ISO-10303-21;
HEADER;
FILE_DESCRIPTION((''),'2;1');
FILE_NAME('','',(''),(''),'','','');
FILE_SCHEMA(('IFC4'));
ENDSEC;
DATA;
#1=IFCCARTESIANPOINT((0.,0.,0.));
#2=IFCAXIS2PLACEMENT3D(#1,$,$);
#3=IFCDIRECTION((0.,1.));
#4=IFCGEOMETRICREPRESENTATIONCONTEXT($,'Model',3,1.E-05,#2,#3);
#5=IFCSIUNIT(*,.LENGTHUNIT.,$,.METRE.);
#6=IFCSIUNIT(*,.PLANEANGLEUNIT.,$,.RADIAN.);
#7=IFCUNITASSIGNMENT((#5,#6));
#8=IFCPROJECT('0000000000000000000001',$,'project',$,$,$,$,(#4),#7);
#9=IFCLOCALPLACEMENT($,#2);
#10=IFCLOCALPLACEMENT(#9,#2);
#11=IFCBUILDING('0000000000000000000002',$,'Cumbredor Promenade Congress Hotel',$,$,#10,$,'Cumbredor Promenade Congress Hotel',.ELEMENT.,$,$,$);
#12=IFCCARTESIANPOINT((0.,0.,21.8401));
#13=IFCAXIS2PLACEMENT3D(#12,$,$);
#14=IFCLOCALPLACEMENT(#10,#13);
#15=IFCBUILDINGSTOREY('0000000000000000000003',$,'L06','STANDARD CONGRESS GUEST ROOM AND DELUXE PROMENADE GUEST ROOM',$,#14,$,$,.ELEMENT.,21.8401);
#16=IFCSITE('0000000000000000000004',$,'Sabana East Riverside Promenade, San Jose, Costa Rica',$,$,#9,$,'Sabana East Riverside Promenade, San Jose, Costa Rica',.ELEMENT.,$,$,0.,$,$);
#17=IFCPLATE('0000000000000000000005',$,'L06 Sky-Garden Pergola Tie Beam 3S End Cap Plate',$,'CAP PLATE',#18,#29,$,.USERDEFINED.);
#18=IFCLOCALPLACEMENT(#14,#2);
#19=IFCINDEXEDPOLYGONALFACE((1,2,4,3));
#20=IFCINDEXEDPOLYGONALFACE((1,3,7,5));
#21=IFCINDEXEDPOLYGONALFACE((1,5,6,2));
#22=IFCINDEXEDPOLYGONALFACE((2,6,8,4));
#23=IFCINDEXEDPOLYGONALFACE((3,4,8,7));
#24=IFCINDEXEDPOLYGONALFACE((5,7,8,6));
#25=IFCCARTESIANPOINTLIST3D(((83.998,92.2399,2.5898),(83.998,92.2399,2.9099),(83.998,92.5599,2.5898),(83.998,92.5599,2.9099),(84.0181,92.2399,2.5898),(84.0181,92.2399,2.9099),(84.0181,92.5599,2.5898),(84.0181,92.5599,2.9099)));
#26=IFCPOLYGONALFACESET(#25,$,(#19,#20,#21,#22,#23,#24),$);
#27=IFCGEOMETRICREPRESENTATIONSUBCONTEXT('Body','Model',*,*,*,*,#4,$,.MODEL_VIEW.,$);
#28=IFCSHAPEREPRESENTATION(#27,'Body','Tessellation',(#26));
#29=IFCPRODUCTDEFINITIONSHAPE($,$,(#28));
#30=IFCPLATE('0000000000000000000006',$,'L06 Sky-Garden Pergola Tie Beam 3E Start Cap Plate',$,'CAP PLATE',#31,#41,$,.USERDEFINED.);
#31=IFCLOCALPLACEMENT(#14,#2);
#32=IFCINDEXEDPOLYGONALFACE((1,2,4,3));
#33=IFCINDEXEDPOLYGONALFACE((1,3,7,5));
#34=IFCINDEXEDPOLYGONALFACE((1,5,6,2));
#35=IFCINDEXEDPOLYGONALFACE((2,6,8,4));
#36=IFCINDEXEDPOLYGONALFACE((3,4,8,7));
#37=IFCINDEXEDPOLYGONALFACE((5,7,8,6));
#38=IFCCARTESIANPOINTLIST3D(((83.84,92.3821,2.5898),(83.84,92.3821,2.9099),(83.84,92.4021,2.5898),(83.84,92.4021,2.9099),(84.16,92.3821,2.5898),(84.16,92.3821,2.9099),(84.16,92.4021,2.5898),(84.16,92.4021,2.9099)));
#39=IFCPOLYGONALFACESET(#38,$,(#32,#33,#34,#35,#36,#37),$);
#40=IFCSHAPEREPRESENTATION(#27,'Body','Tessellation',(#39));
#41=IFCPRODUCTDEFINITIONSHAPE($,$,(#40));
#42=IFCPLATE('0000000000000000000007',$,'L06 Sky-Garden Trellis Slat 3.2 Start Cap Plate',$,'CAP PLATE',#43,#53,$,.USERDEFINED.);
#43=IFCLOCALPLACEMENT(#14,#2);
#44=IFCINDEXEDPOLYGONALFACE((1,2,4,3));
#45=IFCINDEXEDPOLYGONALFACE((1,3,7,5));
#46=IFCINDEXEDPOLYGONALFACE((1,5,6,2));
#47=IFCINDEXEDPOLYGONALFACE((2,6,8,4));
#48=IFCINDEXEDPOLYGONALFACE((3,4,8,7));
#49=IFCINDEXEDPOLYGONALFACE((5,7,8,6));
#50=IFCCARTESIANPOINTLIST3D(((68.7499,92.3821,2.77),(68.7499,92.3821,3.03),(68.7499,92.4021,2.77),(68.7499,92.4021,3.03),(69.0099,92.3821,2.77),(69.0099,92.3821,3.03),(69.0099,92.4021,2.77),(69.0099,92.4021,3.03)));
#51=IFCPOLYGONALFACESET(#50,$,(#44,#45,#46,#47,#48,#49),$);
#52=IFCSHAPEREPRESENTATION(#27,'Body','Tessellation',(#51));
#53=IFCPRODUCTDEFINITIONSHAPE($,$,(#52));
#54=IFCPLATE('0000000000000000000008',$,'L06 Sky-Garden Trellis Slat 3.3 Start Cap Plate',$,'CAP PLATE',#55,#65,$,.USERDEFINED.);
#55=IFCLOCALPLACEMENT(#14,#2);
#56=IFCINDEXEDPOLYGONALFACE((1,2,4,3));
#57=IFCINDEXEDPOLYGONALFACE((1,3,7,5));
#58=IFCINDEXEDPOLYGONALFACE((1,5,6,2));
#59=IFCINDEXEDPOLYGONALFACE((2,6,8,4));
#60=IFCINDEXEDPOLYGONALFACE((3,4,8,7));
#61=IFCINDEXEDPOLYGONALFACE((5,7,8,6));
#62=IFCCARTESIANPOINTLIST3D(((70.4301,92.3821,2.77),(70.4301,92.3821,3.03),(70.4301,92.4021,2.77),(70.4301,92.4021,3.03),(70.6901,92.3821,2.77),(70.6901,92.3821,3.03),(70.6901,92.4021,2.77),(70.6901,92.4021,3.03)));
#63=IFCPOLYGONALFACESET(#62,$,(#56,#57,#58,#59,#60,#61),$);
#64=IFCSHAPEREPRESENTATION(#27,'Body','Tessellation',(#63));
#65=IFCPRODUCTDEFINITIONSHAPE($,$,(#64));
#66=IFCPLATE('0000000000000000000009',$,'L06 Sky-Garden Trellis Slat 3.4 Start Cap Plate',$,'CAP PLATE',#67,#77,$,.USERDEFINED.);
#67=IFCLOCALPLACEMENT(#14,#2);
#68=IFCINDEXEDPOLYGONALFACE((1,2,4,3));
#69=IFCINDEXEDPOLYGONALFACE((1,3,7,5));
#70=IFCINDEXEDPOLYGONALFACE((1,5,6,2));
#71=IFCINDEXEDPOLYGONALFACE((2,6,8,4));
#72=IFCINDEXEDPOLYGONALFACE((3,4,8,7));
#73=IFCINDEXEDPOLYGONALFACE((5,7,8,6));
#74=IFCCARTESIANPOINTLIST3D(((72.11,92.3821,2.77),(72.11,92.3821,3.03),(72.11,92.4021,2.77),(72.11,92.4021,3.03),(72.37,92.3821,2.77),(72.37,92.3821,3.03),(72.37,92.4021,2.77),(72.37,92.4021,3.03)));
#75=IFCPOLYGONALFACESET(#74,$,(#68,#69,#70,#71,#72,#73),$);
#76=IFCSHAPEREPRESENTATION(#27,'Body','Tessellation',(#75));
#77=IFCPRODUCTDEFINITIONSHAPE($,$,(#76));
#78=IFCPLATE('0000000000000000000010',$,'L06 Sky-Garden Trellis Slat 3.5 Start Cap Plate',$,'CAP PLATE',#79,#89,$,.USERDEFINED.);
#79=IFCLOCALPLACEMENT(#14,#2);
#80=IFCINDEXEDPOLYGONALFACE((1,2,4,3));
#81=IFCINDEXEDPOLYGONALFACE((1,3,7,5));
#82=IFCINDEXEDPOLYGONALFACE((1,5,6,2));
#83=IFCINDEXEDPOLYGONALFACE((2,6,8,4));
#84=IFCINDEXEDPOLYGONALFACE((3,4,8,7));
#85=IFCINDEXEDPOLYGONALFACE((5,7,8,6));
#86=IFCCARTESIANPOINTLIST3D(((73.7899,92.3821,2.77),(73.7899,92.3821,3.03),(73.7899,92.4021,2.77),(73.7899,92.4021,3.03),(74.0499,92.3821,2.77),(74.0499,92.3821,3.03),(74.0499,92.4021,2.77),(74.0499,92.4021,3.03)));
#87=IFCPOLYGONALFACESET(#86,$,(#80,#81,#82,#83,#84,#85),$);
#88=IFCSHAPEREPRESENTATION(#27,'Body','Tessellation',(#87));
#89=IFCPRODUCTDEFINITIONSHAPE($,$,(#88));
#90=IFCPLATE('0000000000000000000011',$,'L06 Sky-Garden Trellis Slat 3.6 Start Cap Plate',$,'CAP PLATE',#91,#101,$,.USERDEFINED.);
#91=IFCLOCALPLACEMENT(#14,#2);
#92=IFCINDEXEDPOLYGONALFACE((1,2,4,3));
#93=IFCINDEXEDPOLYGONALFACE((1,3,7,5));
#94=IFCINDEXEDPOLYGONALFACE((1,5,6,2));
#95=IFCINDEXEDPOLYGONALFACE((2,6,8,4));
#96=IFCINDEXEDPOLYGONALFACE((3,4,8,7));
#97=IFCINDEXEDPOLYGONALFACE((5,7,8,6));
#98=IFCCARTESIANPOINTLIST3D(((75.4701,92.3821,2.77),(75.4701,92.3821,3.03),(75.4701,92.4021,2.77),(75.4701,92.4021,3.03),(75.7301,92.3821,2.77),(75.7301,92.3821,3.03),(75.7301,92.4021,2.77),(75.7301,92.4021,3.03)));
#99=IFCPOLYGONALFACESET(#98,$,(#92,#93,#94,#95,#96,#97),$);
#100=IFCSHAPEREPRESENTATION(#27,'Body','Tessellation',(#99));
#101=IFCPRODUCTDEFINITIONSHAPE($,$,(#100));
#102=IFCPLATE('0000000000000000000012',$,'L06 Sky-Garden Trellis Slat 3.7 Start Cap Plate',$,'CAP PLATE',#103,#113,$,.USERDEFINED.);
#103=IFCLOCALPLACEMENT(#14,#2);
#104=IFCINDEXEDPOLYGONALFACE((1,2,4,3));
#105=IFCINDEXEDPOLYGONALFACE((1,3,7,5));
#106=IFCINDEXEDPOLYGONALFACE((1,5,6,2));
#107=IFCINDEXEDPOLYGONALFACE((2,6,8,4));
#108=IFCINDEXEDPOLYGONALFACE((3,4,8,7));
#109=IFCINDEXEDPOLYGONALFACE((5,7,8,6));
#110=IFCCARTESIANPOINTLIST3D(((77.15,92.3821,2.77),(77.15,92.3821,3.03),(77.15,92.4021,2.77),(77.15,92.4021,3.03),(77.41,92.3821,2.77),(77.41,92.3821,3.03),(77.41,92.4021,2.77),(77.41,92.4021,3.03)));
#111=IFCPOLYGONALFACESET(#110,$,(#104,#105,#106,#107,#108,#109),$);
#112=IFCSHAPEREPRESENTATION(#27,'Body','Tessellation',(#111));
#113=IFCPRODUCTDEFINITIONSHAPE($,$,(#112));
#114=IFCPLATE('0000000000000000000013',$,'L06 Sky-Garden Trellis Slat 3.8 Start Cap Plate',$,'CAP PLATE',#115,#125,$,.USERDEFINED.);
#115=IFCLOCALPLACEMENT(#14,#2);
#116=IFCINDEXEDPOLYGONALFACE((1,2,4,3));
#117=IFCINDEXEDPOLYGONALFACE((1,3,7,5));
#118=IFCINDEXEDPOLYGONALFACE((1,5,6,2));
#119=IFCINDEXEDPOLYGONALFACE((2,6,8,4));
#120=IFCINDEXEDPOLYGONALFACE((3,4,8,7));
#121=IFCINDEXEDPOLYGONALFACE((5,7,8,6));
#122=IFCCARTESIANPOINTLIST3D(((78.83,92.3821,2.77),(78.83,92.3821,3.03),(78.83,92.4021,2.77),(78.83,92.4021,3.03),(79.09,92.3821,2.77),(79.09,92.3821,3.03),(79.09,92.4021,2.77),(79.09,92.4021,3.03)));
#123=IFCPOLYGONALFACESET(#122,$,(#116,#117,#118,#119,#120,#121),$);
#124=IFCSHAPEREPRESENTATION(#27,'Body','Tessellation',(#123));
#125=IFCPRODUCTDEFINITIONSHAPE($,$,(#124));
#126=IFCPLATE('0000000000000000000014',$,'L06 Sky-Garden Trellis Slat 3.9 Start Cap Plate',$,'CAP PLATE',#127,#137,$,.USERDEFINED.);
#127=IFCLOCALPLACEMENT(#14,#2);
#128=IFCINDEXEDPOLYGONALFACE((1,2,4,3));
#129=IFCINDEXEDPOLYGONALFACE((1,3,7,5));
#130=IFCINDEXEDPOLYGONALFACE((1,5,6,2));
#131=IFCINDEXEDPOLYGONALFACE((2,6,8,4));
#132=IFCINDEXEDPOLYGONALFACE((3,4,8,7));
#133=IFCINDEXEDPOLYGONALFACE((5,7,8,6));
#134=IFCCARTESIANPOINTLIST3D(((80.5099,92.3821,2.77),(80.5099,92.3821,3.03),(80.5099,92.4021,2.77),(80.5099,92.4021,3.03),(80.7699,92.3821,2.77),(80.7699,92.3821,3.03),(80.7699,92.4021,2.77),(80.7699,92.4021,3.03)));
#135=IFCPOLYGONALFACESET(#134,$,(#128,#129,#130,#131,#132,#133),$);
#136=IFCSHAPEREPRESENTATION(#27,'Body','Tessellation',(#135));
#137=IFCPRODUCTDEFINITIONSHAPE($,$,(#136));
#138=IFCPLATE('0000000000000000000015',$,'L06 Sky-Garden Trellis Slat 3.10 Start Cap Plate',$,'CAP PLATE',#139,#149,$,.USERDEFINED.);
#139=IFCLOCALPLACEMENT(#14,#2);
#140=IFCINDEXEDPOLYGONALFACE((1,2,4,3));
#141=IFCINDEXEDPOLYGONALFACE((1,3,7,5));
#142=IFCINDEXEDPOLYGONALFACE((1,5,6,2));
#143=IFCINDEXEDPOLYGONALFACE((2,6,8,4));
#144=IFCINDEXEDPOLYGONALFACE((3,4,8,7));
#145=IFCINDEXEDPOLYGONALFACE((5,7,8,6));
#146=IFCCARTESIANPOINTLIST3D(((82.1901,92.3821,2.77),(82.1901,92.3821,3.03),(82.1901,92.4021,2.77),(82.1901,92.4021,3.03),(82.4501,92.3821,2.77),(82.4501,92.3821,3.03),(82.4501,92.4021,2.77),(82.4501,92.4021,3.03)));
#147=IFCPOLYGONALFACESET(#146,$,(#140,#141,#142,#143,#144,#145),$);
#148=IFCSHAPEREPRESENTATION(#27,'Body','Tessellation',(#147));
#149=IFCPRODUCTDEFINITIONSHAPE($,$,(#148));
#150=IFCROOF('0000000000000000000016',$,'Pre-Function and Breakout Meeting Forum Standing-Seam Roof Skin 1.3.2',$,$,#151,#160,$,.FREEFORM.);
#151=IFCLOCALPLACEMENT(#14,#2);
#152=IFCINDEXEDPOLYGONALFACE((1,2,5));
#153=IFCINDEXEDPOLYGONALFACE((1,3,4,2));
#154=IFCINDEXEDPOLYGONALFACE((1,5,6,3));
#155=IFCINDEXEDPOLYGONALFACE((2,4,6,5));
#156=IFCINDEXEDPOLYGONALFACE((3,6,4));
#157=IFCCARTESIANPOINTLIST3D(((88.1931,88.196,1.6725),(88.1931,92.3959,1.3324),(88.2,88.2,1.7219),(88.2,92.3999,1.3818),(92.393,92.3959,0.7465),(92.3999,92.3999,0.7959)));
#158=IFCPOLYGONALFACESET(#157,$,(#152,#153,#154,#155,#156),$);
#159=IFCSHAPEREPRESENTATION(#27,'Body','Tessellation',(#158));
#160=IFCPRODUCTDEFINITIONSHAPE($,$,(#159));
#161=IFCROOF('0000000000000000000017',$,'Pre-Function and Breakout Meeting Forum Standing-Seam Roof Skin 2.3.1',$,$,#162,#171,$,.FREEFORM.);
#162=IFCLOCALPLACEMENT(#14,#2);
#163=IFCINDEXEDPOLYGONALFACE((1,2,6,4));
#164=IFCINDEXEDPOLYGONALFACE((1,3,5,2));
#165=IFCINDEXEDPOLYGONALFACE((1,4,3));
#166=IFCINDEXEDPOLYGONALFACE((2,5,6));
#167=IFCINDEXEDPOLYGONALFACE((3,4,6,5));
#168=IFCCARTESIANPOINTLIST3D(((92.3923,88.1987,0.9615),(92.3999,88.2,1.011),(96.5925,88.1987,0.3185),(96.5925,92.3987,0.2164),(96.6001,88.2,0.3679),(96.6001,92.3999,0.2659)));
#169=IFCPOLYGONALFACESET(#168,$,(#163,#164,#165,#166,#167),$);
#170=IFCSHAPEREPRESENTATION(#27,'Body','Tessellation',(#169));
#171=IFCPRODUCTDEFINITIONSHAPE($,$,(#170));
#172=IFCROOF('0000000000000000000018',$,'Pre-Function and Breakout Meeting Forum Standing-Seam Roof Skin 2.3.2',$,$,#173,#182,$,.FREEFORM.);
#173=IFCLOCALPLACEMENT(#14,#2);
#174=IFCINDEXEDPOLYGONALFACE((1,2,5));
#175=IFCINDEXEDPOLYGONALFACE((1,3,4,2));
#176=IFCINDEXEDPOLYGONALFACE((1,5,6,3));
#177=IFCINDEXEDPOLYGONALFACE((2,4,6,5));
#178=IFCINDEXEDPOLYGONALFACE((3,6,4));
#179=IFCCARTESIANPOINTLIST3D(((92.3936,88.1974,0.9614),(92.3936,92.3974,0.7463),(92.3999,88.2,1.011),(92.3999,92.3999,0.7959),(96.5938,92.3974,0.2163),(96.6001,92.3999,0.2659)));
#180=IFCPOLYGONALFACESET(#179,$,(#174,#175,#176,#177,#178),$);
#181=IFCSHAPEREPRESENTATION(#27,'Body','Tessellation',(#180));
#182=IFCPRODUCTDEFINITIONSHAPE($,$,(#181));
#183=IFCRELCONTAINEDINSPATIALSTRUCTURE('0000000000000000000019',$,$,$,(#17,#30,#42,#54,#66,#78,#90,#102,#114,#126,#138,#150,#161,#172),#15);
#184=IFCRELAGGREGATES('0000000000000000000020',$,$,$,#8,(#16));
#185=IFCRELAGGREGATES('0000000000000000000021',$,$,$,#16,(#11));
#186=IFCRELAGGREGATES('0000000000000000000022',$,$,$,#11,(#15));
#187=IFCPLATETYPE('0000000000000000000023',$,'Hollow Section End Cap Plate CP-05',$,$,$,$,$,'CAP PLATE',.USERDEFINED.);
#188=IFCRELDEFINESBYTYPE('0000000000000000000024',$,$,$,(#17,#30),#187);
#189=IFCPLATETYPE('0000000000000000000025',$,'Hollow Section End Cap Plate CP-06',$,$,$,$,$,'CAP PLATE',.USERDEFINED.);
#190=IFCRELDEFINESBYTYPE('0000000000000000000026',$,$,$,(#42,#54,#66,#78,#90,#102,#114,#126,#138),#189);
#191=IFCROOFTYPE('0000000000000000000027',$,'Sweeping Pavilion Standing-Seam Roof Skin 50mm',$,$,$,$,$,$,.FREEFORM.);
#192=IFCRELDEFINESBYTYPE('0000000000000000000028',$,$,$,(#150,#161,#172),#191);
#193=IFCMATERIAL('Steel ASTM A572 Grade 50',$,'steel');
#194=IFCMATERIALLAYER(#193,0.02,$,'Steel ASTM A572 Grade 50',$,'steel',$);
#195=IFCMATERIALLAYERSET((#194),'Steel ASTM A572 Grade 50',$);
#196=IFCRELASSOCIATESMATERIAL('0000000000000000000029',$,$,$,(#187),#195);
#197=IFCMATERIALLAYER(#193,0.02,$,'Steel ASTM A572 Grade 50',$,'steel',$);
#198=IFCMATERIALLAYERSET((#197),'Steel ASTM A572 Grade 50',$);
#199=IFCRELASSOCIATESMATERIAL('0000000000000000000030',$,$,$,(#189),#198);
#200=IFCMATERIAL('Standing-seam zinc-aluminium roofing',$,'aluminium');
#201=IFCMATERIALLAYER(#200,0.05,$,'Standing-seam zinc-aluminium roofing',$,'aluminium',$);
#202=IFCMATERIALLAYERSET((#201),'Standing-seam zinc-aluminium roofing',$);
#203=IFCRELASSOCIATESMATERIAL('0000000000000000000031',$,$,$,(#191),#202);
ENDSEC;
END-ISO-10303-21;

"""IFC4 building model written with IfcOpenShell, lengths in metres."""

from ifc_helpers import new_model, si_unit, direction, frame, origin, origin_2d, place, context, subcontext, project, spatial, polyline, rectangle, outline, extrude, material, layer, layer_set, type_object, element, save


model = new_model("IFC4")

# Units and contexts
model_context = context("Model", 3, precision=1e-05, world=origin(), true_north=direction((0.0, 1.0)))
body_context = subcontext(model_context, "Body", "Model", "MODEL_VIEW")
ifc_project = project(units=[si_unit("LENGTHUNIT", "METRE"), si_unit("PLANEANGLEUNIT", "RADIAN")], contexts=[model_context])

# Site, building, storey
site_placement = place(None, origin())
site = spatial("IfcSite", under=ifc_project, at=site_placement, Name="Sabana East Riverside Promenade, San Jose, Costa Rica", LongName="Sabana East Riverside Promenade, San Jose, Costa Rica", CompositionType="ELEMENT", RefElevation=0.0)
building_placement = place(site_placement, origin())
building = spatial("IfcBuilding", under=site, at=building_placement, Name="Cumbredor Promenade Congress Hotel", LongName="Cumbredor Promenade Congress Hotel", CompositionType="ELEMENT")
storey_placement = place(building_placement, frame((0.0, 0.0, 21.8401)))
storey = spatial("IfcBuildingStorey", under=building, at=storey_placement, Name="L06", Description="STANDARD CONGRESS GUEST ROOM AND DELUXE PROMENADE GUEST ROOM", CompositionType="ELEMENT", Elevation=21.8401)

# Plates
ifc_material_1 = material(Name="Steel ASTM A572 Grade 50", Category="steel")
ifc_layer_1 = layer(ifc_material_1, 0.02, Name="Steel ASTM A572 Grade 50", Category="steel")
ifc_layer_set_1 = layer_set([ifc_layer_1], Name="Steel ASTM A572 Grade 50")
plate_type_1 = type_object("IfcPlateType", Name="Hollow Section End Cap Plate CP-05", ElementType="CAP PLATE", PredefinedType="USERDEFINED", material=ifc_layer_set_1)
for number, where, z_axis, x_axis, name in (
    (1, (84.0081, 92.3999, 2.5898), (0.0, 0.0, 1.0), (1.0, 0.0, 0.0), "L06 Sky-Garden Pergola Tie Beam 3S End Cap Plate"),
    (2, (84.0, 92.3921, 2.5898), (0.0, 0.0, 1.0), (0.0, 1.0, 0.0), "L06 Sky-Garden Pergola Tie Beam 3E Start Cap Plate"),
):
    element("IfcPlate", number, at=place(storey_placement, frame(where, z_axis=z_axis, x_axis=x_axis)), inside=storey, type_object=plate_type_1, Name=name, ObjectType="CAP PLATE", PredefinedType="USERDEFINED", context=body_context, shape_type="SweptSolid", body=[
        extrude(rectangle(XDim=0.02, YDim=0.3201, at=origin_2d()), origin(), (0.0, 0.0, 1.0), 0.3201),
    ])
ifc_layer_2 = layer(ifc_material_1, 0.02, Name="Steel ASTM A572 Grade 50", Category="steel")
ifc_layer_set_2 = layer_set([ifc_layer_2], Name="Steel ASTM A572 Grade 50")
plate_type_2 = type_object("IfcPlateType", Name="Hollow Section End Cap Plate CP-06", ElementType="CAP PLATE", PredefinedType="USERDEFINED", material=ifc_layer_set_2)
for number, where, z_axis, x_axis, name in (
    (3, (68.8799, 92.3921, 2.77), (0.0, 0.0, 1.0), (0.0, 1.0, 0.0), "L06 Sky-Garden Trellis Slat 3.2 Start Cap Plate"),
    (4, (70.5601, 92.3921, 2.77), (0.0, 0.0, 1.0), (0.0, 1.0, 0.0), "L06 Sky-Garden Trellis Slat 3.3 Start Cap Plate"),
    (5, (72.24, 92.3921, 2.77), (0.0, 0.0, 1.0), (0.0, 1.0, 0.0), "L06 Sky-Garden Trellis Slat 3.4 Start Cap Plate"),
    (6, (73.9199, 92.3921, 2.77), (0.0, 0.0, 1.0), (0.0, 1.0, 0.0), "L06 Sky-Garden Trellis Slat 3.5 Start Cap Plate"),
    (7, (75.6001, 92.3921, 2.77), (0.0, 0.0, 1.0), (0.0, 1.0, 0.0), "L06 Sky-Garden Trellis Slat 3.6 Start Cap Plate"),
    (8, (77.28, 92.3921, 2.77), (0.0, 0.0, 1.0), (0.0, 1.0, 0.0), "L06 Sky-Garden Trellis Slat 3.7 Start Cap Plate"),
    (9, (78.96, 92.3921, 2.77), (0.0, 0.0, 1.0), (0.0, 1.0, 0.0), "L06 Sky-Garden Trellis Slat 3.8 Start Cap Plate"),
    (10, (80.6399, 92.3921, 2.77), (0.0, 0.0, 1.0), (0.0, 1.0, 0.0), "L06 Sky-Garden Trellis Slat 3.9 Start Cap Plate"),
    (11, (82.3201, 92.3921, 2.77), (0.0, 0.0, 1.0), (0.0, 1.0, 0.0), "L06 Sky-Garden Trellis Slat 3.10 Start Cap Plate"),
):
    element("IfcPlate", number, at=place(storey_placement, frame(where, z_axis=z_axis, x_axis=x_axis)), inside=storey, type_object=plate_type_2, Name=name, ObjectType="CAP PLATE", PredefinedType="USERDEFINED", context=body_context, shape_type="SweptSolid", body=[
        extrude(rectangle(XDim=0.02, YDim=0.26, at=origin_2d()), origin(), (0.0, 0.0, 1.0), 0.26),
    ])

# Roofs
ifc_material_2 = material(Name="Standing-seam zinc-aluminium roofing", Category="aluminium")
ifc_layer_3 = layer(ifc_material_2, 0.05, Name="Standing-seam zinc-aluminium roofing", Category="aluminium")
ifc_layer_set_3 = layer_set([ifc_layer_3], Name="Standing-seam zinc-aluminium roofing")
roof_type = type_object("IfcRoofType", Name="Sweeping Pavilion Standing-Seam Roof Skin 50mm", PredefinedType="FREEFORM", material=ifc_layer_set_3)
roof_1_placement = place(storey_placement, frame((88.2, 88.2, 1.7219), z_axis=(0.13773, 0.079941, 0.987238), x_axis=(0.698667, 0.698667, -0.154045)))
element("IfcRoof", 12, at=roof_1_placement, inside=storey, type_object=roof_type, Name="Pre-Function and Breakout Meeting Forum Standing-Seam Roof Skin 1.3.2", PredefinedType="FREEFORM", context=body_context, shape_type="SweptSolid", body=[
    extrude(outline(polyline([(0.0, 0.0), (6.0114, 0.0), (2.9868, 2.9723), (0.0, 0.0)])), origin(), (0.0, 0.0, -1.0), 0.05),
])
roof_2_placement = place(storey_placement, frame((92.3999, 88.2, 1.011), z_axis=(0.151297, 0.024011, 0.988197), x_axis=(0.988482, 0.0, -0.15134)))
element("IfcRoof", 13, at=roof_2_placement, inside=storey, type_object=roof_type, Name="Pre-Function and Breakout Meeting Forum Standing-Seam Roof Skin 2.3.1", PredefinedType="FREEFORM", context=body_context, shape_type="SweptSolid", body=[
    extrude(outline(polyline([(0.0, 0.0), (4.2491, 0.0), (4.2646, 4.2012), (0.0, 0.0)])), origin(), (0.0, 0.0, -1.0), 0.05),
])
roof_3_placement = place(storey_placement, frame((92.3999, 88.2, 1.011), z_axis=(0.125037, 0.050744, 0.990854), x_axis=(0.701628, 0.701588, -0.124469)))
element("IfcRoof", 14, at=roof_3_placement, inside=storey, type_object=roof_type, Name="Pre-Function and Breakout Meeting Forum Standing-Seam Roof Skin 2.3.2", PredefinedType="FREEFORM", context=body_context, shape_type="SweptSolid", body=[
    extrude(outline(polyline([(0.0, 0.0), (5.9864, 0.0), (2.9734, 2.974), (0.0, 0.0)])), origin(), (0.0, 0.0, -1.0), 0.05),
])

save(model, "model.ifc")
